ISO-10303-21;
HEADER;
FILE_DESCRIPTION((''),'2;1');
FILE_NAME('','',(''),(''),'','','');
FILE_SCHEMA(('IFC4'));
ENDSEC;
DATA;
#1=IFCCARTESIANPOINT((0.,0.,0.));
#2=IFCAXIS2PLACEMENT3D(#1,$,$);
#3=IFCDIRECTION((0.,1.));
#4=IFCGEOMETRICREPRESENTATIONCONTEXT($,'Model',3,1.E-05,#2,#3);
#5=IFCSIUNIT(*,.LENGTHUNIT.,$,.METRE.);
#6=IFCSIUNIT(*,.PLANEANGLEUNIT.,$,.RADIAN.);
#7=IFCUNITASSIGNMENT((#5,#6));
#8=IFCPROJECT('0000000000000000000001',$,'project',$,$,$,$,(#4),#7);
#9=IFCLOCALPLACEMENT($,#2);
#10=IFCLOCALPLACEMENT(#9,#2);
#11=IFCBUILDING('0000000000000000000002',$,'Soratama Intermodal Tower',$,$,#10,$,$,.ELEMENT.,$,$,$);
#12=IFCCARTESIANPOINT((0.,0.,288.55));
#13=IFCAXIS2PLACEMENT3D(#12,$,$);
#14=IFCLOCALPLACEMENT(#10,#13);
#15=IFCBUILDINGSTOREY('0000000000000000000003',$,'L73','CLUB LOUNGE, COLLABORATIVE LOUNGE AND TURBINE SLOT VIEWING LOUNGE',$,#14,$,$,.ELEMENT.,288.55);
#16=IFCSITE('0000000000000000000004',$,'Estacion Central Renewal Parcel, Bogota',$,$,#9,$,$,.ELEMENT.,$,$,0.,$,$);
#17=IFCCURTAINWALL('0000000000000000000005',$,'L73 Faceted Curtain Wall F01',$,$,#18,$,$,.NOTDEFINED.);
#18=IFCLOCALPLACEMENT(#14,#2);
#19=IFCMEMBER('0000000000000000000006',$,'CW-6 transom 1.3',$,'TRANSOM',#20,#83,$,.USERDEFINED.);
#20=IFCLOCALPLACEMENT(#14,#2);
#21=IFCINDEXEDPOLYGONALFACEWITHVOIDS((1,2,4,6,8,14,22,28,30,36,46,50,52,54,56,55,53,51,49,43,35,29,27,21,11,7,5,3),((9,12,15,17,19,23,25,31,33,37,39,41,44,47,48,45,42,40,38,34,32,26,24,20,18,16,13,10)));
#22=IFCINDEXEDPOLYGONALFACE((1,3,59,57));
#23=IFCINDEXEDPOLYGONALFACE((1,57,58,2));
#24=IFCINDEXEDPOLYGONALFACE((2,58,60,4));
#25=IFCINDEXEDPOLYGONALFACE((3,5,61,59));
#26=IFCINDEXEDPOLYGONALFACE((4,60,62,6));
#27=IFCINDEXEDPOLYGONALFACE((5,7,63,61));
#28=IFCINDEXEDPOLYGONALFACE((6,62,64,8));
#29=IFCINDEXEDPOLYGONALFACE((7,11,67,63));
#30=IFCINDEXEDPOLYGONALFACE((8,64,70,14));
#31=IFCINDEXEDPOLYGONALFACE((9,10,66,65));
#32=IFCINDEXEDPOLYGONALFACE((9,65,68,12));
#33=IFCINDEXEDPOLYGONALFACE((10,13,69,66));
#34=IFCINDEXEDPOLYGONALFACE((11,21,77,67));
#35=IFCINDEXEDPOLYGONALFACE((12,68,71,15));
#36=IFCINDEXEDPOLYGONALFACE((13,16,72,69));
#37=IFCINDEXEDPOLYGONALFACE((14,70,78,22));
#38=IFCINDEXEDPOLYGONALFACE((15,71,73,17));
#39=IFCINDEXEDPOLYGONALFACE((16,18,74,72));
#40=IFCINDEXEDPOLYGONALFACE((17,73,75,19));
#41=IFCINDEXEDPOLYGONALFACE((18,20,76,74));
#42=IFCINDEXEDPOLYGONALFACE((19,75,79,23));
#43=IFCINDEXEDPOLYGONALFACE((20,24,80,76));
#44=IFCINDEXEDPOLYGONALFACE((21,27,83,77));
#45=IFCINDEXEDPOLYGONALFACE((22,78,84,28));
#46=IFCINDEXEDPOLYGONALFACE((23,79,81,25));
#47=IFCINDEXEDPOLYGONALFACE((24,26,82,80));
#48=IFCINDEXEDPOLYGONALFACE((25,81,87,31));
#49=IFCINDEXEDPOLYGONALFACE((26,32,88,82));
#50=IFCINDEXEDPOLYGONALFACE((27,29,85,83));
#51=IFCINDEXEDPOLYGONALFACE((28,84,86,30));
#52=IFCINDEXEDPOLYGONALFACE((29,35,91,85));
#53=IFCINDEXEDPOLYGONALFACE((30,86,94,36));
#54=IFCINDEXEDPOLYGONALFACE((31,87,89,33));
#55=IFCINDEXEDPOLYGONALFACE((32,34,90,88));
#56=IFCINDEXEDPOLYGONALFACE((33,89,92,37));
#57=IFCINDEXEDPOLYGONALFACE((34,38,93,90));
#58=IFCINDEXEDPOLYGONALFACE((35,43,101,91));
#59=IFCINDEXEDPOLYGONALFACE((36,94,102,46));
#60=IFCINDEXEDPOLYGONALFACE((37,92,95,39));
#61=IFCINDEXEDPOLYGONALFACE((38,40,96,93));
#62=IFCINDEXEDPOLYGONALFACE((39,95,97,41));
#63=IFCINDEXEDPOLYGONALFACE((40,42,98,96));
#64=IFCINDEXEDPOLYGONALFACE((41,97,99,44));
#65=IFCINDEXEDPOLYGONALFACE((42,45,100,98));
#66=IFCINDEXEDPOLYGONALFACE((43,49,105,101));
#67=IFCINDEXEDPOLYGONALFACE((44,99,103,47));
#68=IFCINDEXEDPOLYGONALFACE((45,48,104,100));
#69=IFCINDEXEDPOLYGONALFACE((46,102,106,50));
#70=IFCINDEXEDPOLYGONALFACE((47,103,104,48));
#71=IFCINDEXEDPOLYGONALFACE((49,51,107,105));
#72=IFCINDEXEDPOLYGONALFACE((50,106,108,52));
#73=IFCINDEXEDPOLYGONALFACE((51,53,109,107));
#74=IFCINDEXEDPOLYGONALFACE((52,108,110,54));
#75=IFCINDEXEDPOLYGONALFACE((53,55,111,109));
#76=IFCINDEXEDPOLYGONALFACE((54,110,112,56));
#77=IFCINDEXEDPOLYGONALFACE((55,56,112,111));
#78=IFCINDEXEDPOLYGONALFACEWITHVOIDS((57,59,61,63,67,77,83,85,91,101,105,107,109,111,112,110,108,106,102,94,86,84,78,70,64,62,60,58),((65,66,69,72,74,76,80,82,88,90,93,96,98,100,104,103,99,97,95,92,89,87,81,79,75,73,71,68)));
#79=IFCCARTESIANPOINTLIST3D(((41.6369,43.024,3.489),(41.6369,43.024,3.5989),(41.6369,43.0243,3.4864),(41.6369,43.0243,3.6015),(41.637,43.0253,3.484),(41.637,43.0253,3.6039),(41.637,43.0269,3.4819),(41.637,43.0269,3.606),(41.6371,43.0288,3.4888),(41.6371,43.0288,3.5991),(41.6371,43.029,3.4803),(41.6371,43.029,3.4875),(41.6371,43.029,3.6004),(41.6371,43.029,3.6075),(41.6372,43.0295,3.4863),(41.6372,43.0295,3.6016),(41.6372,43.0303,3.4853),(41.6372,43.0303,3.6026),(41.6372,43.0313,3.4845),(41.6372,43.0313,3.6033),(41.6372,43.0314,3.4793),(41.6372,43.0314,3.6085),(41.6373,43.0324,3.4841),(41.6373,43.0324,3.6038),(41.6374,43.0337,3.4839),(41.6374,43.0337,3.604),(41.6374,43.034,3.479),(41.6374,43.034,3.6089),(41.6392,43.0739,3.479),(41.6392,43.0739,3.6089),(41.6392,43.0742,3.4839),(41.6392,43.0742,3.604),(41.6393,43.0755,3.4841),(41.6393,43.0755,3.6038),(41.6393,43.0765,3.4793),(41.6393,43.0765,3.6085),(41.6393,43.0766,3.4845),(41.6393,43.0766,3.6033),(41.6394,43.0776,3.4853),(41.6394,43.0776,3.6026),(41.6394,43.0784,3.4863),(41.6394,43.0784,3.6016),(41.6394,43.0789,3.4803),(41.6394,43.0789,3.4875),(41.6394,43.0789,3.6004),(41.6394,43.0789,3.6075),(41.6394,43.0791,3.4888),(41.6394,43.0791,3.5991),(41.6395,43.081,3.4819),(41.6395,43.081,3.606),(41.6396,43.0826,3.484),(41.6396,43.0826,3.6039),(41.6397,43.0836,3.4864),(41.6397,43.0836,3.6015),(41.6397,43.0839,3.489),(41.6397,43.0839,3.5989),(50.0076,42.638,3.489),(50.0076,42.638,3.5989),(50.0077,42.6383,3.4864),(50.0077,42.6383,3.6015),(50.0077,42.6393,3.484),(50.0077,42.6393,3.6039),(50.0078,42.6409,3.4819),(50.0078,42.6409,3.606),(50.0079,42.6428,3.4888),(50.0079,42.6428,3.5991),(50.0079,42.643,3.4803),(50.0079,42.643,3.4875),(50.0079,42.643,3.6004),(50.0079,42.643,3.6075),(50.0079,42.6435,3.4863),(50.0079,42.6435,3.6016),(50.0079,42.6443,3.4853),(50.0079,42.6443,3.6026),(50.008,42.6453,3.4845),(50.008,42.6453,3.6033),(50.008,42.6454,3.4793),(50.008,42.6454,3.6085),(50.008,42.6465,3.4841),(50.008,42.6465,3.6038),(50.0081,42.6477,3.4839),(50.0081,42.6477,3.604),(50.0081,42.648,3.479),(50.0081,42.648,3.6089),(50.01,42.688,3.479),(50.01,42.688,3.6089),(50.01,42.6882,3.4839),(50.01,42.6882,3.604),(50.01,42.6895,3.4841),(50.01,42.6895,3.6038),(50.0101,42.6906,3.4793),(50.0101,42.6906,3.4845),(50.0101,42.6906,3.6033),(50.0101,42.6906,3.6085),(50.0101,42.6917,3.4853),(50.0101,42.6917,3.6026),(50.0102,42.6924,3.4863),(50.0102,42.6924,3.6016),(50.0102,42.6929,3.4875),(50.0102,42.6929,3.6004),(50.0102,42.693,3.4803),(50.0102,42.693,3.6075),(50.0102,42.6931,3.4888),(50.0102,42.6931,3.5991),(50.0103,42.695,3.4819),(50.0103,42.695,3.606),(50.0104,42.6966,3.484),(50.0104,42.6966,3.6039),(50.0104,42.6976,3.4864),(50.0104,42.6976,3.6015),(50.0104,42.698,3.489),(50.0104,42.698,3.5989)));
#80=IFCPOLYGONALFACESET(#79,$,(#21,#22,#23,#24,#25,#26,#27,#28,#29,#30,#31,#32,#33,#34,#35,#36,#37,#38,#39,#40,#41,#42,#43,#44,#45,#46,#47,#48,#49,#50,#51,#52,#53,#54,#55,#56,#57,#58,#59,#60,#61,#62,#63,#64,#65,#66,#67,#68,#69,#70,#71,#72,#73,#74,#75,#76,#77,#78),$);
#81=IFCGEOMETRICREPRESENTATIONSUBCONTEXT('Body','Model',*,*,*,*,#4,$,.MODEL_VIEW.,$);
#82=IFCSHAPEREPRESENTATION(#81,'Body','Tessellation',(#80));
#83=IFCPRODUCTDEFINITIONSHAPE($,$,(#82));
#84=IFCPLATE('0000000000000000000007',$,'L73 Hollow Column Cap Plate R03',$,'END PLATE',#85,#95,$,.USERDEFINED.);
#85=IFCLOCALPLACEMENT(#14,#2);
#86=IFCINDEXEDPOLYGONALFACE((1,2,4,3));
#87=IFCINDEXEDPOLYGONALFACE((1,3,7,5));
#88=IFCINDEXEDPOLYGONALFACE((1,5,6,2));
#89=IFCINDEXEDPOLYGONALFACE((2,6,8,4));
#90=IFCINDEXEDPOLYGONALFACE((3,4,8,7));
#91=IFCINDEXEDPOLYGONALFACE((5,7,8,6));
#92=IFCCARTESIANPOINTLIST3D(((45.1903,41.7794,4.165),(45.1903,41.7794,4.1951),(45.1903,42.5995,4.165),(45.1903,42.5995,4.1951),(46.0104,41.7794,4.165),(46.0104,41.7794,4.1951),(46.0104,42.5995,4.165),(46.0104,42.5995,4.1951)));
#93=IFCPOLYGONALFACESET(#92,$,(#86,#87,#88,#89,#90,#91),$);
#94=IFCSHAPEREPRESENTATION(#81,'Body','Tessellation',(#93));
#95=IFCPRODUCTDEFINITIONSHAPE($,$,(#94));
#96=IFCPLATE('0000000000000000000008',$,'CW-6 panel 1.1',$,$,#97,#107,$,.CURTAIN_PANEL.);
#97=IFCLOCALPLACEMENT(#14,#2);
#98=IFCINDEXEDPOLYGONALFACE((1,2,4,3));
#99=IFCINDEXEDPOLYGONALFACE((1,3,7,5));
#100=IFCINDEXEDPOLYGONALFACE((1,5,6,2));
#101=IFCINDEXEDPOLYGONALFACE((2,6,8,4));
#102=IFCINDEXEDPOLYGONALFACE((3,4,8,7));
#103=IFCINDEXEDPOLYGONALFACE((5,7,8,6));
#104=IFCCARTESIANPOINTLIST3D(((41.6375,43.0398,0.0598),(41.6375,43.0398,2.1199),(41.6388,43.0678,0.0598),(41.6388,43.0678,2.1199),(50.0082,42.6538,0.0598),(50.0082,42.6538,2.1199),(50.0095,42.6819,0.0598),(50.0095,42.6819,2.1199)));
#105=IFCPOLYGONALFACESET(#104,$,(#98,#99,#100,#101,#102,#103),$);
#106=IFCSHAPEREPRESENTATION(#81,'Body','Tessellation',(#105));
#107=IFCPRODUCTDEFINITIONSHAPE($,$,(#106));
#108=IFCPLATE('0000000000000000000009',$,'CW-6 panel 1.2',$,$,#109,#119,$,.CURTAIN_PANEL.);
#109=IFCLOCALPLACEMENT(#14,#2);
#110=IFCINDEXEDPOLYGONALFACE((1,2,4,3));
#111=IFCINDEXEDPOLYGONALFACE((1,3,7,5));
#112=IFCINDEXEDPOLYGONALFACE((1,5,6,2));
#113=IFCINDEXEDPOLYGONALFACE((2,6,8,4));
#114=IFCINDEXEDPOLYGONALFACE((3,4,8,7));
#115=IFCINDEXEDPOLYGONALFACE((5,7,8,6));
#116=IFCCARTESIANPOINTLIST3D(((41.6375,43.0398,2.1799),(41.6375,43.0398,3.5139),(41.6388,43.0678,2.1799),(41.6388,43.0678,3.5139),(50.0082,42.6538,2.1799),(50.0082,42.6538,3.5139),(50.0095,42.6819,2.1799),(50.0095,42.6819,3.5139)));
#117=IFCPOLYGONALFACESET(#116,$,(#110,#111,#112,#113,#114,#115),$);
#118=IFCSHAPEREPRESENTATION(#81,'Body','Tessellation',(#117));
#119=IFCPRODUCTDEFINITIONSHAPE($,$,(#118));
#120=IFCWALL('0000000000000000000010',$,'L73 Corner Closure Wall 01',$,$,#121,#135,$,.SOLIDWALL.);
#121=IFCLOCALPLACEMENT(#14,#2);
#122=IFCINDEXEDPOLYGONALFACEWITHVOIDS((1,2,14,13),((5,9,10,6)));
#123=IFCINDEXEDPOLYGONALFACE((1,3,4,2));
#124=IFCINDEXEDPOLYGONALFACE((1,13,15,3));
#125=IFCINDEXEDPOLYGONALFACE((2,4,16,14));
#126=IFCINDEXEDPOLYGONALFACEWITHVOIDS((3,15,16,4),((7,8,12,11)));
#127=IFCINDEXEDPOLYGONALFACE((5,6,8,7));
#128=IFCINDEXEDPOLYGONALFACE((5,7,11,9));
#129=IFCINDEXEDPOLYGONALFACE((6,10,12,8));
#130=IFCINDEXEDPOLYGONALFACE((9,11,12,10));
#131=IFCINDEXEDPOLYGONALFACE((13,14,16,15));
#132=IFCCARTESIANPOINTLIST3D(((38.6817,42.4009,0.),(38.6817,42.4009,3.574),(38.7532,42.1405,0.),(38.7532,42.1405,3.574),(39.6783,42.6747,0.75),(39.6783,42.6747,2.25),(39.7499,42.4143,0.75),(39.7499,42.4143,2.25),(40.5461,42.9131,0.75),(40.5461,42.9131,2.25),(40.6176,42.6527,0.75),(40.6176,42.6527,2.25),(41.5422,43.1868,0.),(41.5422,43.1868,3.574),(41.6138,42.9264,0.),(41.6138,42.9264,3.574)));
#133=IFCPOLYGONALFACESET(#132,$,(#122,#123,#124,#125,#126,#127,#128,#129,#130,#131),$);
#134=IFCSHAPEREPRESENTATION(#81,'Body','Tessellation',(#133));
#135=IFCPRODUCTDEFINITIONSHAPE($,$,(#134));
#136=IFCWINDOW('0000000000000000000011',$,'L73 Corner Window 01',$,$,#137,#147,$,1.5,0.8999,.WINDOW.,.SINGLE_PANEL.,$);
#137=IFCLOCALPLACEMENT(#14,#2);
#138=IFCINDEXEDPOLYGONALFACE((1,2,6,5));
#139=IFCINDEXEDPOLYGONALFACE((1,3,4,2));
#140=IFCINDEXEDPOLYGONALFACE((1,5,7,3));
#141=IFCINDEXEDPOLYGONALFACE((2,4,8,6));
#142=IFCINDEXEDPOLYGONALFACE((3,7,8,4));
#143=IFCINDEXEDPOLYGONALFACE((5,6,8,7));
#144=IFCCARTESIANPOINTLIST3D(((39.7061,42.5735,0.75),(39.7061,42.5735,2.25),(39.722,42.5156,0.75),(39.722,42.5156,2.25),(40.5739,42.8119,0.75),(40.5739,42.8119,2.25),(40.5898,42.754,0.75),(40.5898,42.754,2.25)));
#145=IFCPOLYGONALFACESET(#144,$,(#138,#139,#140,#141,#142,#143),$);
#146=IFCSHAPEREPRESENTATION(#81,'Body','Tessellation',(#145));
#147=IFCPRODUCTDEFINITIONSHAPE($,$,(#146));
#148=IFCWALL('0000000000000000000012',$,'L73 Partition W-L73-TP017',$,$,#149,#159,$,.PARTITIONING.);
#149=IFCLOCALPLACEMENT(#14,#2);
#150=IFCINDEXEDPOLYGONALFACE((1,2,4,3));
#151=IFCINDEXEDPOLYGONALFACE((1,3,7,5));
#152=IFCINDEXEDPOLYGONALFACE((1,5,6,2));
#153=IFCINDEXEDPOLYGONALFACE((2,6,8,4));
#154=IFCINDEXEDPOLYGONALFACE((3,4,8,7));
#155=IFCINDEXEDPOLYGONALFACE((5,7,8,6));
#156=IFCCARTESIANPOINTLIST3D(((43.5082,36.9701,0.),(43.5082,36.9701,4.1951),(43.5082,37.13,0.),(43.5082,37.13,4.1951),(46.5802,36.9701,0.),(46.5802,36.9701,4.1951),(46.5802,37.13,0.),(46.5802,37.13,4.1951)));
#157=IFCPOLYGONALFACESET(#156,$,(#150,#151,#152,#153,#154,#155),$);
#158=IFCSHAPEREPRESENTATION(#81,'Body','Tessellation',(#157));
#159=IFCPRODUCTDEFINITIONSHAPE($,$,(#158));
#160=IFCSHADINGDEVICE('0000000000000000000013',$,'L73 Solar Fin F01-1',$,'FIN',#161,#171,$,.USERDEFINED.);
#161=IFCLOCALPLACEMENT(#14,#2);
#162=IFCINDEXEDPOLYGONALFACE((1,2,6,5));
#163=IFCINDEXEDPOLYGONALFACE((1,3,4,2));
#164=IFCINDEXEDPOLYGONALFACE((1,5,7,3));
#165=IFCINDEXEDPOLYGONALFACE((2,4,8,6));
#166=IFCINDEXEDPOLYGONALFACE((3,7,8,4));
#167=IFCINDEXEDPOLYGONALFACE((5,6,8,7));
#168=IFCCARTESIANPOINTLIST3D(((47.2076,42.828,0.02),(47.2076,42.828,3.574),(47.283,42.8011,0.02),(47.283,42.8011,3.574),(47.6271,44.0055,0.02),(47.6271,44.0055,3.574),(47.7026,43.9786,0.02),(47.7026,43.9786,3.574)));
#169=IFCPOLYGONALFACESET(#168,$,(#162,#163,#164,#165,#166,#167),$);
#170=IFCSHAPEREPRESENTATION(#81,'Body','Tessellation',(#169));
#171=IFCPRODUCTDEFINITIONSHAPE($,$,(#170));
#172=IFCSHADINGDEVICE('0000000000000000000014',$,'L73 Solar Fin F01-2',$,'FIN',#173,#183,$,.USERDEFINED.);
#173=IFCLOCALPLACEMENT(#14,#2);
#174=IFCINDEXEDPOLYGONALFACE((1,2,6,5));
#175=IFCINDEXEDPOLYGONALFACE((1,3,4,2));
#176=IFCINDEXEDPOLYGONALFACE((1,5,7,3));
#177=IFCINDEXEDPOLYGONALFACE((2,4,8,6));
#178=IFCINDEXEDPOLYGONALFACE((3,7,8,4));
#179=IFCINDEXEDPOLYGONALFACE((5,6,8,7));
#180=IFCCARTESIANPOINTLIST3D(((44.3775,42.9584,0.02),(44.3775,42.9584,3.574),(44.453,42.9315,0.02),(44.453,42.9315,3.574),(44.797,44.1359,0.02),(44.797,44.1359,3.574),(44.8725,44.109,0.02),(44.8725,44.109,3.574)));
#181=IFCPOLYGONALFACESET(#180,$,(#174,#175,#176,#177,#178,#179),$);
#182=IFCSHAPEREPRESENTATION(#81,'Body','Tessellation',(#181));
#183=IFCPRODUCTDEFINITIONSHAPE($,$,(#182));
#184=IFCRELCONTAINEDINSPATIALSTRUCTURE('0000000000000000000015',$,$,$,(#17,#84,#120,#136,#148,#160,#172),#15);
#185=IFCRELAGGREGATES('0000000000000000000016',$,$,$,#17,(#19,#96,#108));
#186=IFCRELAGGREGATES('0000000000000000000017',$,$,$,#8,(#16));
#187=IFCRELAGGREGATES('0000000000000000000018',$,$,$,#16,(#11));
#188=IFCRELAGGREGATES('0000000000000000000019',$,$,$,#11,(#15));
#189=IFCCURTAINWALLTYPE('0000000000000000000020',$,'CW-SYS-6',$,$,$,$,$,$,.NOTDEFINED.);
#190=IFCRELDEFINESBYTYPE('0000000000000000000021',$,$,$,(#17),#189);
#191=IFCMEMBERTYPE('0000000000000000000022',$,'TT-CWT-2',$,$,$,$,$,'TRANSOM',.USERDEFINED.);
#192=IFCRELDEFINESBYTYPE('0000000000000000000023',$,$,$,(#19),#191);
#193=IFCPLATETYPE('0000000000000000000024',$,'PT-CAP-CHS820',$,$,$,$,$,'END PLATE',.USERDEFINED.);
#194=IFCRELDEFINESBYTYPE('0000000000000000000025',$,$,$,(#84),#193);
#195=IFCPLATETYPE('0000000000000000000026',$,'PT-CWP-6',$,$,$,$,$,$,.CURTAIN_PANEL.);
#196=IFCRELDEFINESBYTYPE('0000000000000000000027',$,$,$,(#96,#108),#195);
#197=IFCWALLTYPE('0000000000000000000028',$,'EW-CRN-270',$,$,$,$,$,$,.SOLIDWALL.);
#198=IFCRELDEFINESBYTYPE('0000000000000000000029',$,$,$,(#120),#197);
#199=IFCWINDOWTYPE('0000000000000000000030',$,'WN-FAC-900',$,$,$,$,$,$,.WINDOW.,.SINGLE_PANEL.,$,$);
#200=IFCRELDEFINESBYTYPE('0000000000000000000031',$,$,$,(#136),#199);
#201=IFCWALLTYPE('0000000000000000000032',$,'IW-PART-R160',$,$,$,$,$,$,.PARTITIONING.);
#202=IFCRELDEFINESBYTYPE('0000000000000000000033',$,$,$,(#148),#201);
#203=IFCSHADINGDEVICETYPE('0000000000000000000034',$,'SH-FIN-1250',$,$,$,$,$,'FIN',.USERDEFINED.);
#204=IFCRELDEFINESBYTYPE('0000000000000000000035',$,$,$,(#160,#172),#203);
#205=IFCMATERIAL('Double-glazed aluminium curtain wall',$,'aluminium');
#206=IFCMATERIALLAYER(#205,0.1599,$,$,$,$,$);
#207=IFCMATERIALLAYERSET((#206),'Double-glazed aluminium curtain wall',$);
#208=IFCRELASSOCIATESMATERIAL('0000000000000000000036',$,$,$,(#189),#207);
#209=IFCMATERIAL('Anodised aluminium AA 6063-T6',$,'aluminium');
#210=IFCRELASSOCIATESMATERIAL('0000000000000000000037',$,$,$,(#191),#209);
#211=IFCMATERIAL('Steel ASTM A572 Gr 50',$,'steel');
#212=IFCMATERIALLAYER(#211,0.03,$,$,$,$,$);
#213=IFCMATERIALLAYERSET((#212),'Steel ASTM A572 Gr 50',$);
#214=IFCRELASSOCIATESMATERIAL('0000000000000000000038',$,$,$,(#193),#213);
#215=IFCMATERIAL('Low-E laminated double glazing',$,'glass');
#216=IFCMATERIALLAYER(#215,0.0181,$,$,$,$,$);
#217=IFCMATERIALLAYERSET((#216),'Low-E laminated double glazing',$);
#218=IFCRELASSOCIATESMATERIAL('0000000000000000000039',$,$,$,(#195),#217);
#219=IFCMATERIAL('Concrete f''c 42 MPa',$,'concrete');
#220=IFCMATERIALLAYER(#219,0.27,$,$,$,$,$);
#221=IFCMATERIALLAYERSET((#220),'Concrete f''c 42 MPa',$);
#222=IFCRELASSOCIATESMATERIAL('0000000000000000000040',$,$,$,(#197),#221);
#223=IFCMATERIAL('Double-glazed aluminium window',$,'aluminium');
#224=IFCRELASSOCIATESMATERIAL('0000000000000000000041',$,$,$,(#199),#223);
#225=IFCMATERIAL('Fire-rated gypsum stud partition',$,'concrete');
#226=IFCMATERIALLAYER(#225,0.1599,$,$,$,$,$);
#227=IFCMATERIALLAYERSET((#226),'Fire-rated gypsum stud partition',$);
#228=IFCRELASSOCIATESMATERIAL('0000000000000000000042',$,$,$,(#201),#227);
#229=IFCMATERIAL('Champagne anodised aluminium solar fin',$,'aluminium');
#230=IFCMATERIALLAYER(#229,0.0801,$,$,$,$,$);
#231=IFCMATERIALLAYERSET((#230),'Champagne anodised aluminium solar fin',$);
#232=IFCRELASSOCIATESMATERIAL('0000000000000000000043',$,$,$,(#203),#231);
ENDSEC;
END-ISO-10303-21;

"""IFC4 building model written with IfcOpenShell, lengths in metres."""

from ifc_helpers import new_model, si_unit, direction, frame, frame_2d, origin, origin_2d, place, context, subcontext, project, spatial, rectangle, hollow_rectangle, extrude, material, layer, layer_set, material_profile, profile_set, type_object, element, fill, aggregate, save


model = new_model("IFC4")

# Units and contexts
model_context = context("Model", 3, precision=1e-05, world=origin(), true_north=direction((0.0, 1.0)))
body_context = subcontext(model_context, "Body", "Model", "MODEL_VIEW")
ifc_project = project(units=[si_unit("LENGTHUNIT", "METRE"), si_unit("PLANEANGLEUNIT", "RADIAN")], contexts=[model_context])

# Site, building, storey
site_placement = place(None, origin())
site = spatial("IfcSite", under=ifc_project, at=site_placement, Name="Estacion Central Renewal Parcel, Bogota", CompositionType="ELEMENT", RefElevation=0.0)
building_placement = place(site_placement, origin())
building = spatial("IfcBuilding", under=site, at=building_placement, Name="Soratama Intermodal Tower", CompositionType="ELEMENT")
storey_placement = place(building_placement, frame((0.0, 0.0, 288.55)))
storey = spatial("IfcBuildingStorey", under=building, at=storey_placement, Name="L73", Description="CLUB LOUNGE, COLLABORATIVE LOUNGE AND TURBINE SLOT VIEWING LOUNGE", CompositionType="ELEMENT", Elevation=288.55)

# Curtain wall, member
ifc_material_1 = material(Name="Double-glazed aluminium curtain wall", Category="aluminium")
ifc_layer_1 = layer(ifc_material_1, 0.1599)
ifc_layer_set_1 = layer_set([ifc_layer_1], Name="Double-glazed aluminium curtain wall")
curtain_wall_type = type_object("IfcCurtainWallType", Name="CW-SYS-6", PredefinedType="NOTDEFINED", material=ifc_layer_set_1)
curtain_wall_placement = place(storey_placement, origin())
curtain_wall = element("IfcCurtainWall", 1, at=curtain_wall_placement, inside=storey, type_object=curtain_wall_type, Name="L73 Faceted Curtain Wall F01", PredefinedType="NOTDEFINED")
ifc_material_2 = material(Name="Anodised aluminium AA 6063-T6", Category="aluminium")
ifc_material_profile_1 = material_profile(ifc_material_2, hollow_rectangle(XDim=0.0601, YDim=0.1299, WallThickness=0.0049, InnerFilletRadius=0.0049, OuterFilletRadius=0.01, at=origin_2d()), Name="CWT130X60X5")
ifc_profile_set_1 = profile_set([ifc_material_profile_1], Name="Anodised aluminium AA 6063-T6")
member_type_1 = type_object("IfcMemberType", Name="TT-CWT-2", ElementType="TRANSOM", PredefinedType="USERDEFINED", material=ifc_profile_set_1)
member_1_placement = place(storey_placement, frame((50.009, 42.668, 3.5439), z_axis=(-0.998939, 0.046062, 0.0), x_axis=(-0.046062, -0.998939, 0.0)))
member_1 = element("IfcMember", 2, at=member_1_placement, type_object=member_type_1, Name="CW-6 transom 1.3", ObjectType="TRANSOM", PredefinedType="USERDEFINED", context=body_context, shape_type="SweptSolid", body=[
    extrude(hollow_rectangle(XDim=0.0601, YDim=0.1299, WallThickness=0.0049, InnerFilletRadius=0.0049, OuterFilletRadius=0.01, at=origin_2d()), origin(), (0.0, 0.0, 1.0), 8.3796),
])

# Plates
ifc_material_3 = material(Name="Steel ASTM A572 Gr 50", Category="steel")
ifc_layer_2 = layer(ifc_material_3, 0.03)
ifc_layer_set_2 = layer_set([ifc_layer_2], Name="Steel ASTM A572 Gr 50")
plate_type_1 = type_object("IfcPlateType", Name="PT-CAP-CHS820", ElementType="END PLATE", PredefinedType="USERDEFINED", material=ifc_layer_set_2)
plate_1_placement = place(storey_placement, frame((45.6003, 42.1895, 4.165), z_axis=(0.0, 0.0, 1.0), x_axis=(1.0, 0.0, 0.0)))
element("IfcPlate", 3, at=plate_1_placement, inside=storey, type_object=plate_type_1, Name="L73 Hollow Column Cap Plate R03", ObjectType="END PLATE", PredefinedType="USERDEFINED", context=body_context, shape_type="SweptSolid", body=[
    extrude(rectangle(XDim=0.8201, YDim=0.8201, at=origin_2d()), origin(), (0.0, 0.0, 1.0), 0.03),
])
ifc_material_4 = material(Name="Low-E laminated double glazing", Category="glass")
ifc_layer_3 = layer(ifc_material_4, 0.0181)
ifc_layer_set_3 = layer_set([ifc_layer_3], Name="Low-E laminated double glazing")
plate_type_2 = type_object("IfcPlateType", Name="PT-CWP-6", PredefinedType="CURTAIN_PANEL", material=ifc_layer_set_3)
plate_2_placement = place(storey_placement, frame((45.8235, 42.8608, 0.0598), z_axis=(0.0, 0.0, 1.0), x_axis=(-0.998939, 0.04606, 0.0)))
plate_2 = element("IfcPlate", 4, at=plate_2_placement, type_object=plate_type_2, Name="CW-6 panel 1.1", PredefinedType="CURTAIN_PANEL", context=body_context, shape_type="SweptSolid", body=[
    extrude(rectangle(XDim=8.3796, YDim=0.0281, at=origin_2d()), origin(), (0.0, 0.0, 1.0), 2.0601),
])
plate_3_placement = place(storey_placement, frame((45.8235, 42.8608, 2.1799), z_axis=(0.0, 0.0, 1.0), x_axis=(-0.998939, 0.04606, 0.0)))
plate_3 = element("IfcPlate", 5, at=plate_3_placement, type_object=plate_type_2, Name="CW-6 panel 1.2", PredefinedType="CURTAIN_PANEL", context=body_context, shape_type="SweptSolid", body=[
    extrude(rectangle(XDim=8.3796, YDim=0.0281, at=origin_2d()), origin(), (0.0, 0.0, 1.0), 1.334),
])
aggregate(curtain_wall, [member_1, plate_2, plate_3])

# Wall, opening, window
ifc_material_5 = material(Name="Concrete f'c 42 MPa", Category="concrete")
ifc_layer_4 = layer(ifc_material_5, 0.27)
ifc_layer_set_4 = layer_set([ifc_layer_4], Name="Concrete f'c 42 MPa")
wall_type_1 = type_object("IfcWallType", Name="EW-CRN-270", PredefinedType="SOLIDWALL", material=ifc_layer_set_4)
wall_1_placement = place(storey_placement, frame((41.5781, 43.0566, 0.0), z_axis=(0.0, 0.0, 1.0), x_axis=(-0.964272, -0.264914, 0.0)))
wall_1 = element("IfcWall", 6, at=wall_1_placement, inside=storey, type_object=wall_type_1, Name="L73 Corner Closure Wall 01", PredefinedType="SOLIDWALL", context=body_context, shape_type="SweptSolid", body=[
    extrude(rectangle(XDim=2.9666, YDim=0.27, at=frame_2d((1.4834, 0.0))), origin(), (0.0, 0.0, 1.0), 3.574),
])
opening_placement = place(wall_1_placement, frame((1.0332, 0.0, 0.75)))
opening = element("IfcOpeningElement", 7, at=opening_placement, cuts=wall_1, PredefinedType="OPENING", context=body_context, shape_type="SweptSolid", body=[
    extrude(rectangle(XDim=0.8999, YDim=1.5, at=frame_2d((0.45, 0.75))), frame((0.0, 0.145, 0.0), z_axis=(0.0, -1.0, 0.0), x_axis=(1.0, 0.0, 0.0)), (0.0, 0.0, 1.0), 0.29),
])
ifc_material_6 = material(Name="Double-glazed aluminium window", Category="aluminium")
window_type = type_object("IfcWindowType", Name="WN-FAC-900", PartitioningType="SINGLE_PANEL", PredefinedType="WINDOW", material=ifc_material_6)
window_placement = place(opening_placement, origin())
window = element("IfcWindow", 8, at=window_placement, inside=storey, type_object=window_type, Name="L73 Corner Window 01", OverallHeight=1.5, OverallWidth=0.8999, PartitioningType="SINGLE_PANEL", PredefinedType="WINDOW", context=body_context, shape_type="SweptSolid", body=[
    extrude(rectangle(XDim=0.8999, YDim=1.5, at=frame_2d((0.45, 0.75))), frame((0.0, 0.03, 0.0), z_axis=(0.0, -1.0, 0.0), x_axis=(1.0, 0.0, 0.0)), (0.0, 0.0, 1.0), 0.0601),
])
fill(opening, window)

# Wall
ifc_material_7 = material(Name="Fire-rated gypsum stud partition", Category="concrete")
ifc_layer_5 = layer(ifc_material_7, 0.1599)
ifc_layer_set_5 = layer_set([ifc_layer_5], Name="Fire-rated gypsum stud partition")
wall_type_2 = type_object("IfcWallType", Name="IW-PART-R160", PredefinedType="PARTITIONING", material=ifc_layer_set_5)
wall_2_placement = place(storey_placement, frame((43.5081, 37.05, 0.0), z_axis=(0.0, 0.0, 1.0), x_axis=(1.0, 0.0, 0.0)))
element("IfcWall", 9, at=wall_2_placement, inside=storey, type_object=wall_type_2, Name="L73 Partition W-L73-TP017", PredefinedType="PARTITIONING", context=body_context, shape_type="SweptSolid", body=[
    extrude(rectangle(XDim=3.072, YDim=0.1599, at=frame_2d((1.5361, 0.0))), origin(), (0.0, 0.0, 1.0), 4.1951),
])

# Shading devices
ifc_material_8 = material(Name="Champagne anodised aluminium solar fin", Category="aluminium")
ifc_layer_6 = layer(ifc_material_8, 0.0801)
ifc_layer_set_6 = layer_set([ifc_layer_6], Name="Champagne anodised aluminium solar fin")
shading_device_type = type_object("IfcShadingDeviceType", Name="SH-FIN-1250", ElementType="FIN", PredefinedType="USERDEFINED", material=ifc_layer_set_6)
for number, where, z_axis, x_axis, name in (
    (10, (47.4551, 43.4033, 0.02), (0.0, 0.0, 1.0), (0.335616, 0.941999, 0.0), "L73 Solar Fin F01-1"),
    (11, (44.625, 43.5337, 0.02), (0.0, 0.0, 1.0), (0.335616, 0.941999, 0.0), "L73 Solar Fin F01-2"),
):
    element("IfcShadingDevice", number, at=place(storey_placement, frame(where, z_axis=z_axis, x_axis=x_axis)), inside=storey, type_object=shading_device_type, Name=name, ObjectType="FIN", PredefinedType="USERDEFINED", context=body_context, shape_type="SweptSolid", body=[
        extrude(rectangle(XDim=1.25, YDim=0.0801, at=origin_2d()), origin(), (0.0, 0.0, 1.0), 3.554),
    ])

save(model, "model.ifc")
